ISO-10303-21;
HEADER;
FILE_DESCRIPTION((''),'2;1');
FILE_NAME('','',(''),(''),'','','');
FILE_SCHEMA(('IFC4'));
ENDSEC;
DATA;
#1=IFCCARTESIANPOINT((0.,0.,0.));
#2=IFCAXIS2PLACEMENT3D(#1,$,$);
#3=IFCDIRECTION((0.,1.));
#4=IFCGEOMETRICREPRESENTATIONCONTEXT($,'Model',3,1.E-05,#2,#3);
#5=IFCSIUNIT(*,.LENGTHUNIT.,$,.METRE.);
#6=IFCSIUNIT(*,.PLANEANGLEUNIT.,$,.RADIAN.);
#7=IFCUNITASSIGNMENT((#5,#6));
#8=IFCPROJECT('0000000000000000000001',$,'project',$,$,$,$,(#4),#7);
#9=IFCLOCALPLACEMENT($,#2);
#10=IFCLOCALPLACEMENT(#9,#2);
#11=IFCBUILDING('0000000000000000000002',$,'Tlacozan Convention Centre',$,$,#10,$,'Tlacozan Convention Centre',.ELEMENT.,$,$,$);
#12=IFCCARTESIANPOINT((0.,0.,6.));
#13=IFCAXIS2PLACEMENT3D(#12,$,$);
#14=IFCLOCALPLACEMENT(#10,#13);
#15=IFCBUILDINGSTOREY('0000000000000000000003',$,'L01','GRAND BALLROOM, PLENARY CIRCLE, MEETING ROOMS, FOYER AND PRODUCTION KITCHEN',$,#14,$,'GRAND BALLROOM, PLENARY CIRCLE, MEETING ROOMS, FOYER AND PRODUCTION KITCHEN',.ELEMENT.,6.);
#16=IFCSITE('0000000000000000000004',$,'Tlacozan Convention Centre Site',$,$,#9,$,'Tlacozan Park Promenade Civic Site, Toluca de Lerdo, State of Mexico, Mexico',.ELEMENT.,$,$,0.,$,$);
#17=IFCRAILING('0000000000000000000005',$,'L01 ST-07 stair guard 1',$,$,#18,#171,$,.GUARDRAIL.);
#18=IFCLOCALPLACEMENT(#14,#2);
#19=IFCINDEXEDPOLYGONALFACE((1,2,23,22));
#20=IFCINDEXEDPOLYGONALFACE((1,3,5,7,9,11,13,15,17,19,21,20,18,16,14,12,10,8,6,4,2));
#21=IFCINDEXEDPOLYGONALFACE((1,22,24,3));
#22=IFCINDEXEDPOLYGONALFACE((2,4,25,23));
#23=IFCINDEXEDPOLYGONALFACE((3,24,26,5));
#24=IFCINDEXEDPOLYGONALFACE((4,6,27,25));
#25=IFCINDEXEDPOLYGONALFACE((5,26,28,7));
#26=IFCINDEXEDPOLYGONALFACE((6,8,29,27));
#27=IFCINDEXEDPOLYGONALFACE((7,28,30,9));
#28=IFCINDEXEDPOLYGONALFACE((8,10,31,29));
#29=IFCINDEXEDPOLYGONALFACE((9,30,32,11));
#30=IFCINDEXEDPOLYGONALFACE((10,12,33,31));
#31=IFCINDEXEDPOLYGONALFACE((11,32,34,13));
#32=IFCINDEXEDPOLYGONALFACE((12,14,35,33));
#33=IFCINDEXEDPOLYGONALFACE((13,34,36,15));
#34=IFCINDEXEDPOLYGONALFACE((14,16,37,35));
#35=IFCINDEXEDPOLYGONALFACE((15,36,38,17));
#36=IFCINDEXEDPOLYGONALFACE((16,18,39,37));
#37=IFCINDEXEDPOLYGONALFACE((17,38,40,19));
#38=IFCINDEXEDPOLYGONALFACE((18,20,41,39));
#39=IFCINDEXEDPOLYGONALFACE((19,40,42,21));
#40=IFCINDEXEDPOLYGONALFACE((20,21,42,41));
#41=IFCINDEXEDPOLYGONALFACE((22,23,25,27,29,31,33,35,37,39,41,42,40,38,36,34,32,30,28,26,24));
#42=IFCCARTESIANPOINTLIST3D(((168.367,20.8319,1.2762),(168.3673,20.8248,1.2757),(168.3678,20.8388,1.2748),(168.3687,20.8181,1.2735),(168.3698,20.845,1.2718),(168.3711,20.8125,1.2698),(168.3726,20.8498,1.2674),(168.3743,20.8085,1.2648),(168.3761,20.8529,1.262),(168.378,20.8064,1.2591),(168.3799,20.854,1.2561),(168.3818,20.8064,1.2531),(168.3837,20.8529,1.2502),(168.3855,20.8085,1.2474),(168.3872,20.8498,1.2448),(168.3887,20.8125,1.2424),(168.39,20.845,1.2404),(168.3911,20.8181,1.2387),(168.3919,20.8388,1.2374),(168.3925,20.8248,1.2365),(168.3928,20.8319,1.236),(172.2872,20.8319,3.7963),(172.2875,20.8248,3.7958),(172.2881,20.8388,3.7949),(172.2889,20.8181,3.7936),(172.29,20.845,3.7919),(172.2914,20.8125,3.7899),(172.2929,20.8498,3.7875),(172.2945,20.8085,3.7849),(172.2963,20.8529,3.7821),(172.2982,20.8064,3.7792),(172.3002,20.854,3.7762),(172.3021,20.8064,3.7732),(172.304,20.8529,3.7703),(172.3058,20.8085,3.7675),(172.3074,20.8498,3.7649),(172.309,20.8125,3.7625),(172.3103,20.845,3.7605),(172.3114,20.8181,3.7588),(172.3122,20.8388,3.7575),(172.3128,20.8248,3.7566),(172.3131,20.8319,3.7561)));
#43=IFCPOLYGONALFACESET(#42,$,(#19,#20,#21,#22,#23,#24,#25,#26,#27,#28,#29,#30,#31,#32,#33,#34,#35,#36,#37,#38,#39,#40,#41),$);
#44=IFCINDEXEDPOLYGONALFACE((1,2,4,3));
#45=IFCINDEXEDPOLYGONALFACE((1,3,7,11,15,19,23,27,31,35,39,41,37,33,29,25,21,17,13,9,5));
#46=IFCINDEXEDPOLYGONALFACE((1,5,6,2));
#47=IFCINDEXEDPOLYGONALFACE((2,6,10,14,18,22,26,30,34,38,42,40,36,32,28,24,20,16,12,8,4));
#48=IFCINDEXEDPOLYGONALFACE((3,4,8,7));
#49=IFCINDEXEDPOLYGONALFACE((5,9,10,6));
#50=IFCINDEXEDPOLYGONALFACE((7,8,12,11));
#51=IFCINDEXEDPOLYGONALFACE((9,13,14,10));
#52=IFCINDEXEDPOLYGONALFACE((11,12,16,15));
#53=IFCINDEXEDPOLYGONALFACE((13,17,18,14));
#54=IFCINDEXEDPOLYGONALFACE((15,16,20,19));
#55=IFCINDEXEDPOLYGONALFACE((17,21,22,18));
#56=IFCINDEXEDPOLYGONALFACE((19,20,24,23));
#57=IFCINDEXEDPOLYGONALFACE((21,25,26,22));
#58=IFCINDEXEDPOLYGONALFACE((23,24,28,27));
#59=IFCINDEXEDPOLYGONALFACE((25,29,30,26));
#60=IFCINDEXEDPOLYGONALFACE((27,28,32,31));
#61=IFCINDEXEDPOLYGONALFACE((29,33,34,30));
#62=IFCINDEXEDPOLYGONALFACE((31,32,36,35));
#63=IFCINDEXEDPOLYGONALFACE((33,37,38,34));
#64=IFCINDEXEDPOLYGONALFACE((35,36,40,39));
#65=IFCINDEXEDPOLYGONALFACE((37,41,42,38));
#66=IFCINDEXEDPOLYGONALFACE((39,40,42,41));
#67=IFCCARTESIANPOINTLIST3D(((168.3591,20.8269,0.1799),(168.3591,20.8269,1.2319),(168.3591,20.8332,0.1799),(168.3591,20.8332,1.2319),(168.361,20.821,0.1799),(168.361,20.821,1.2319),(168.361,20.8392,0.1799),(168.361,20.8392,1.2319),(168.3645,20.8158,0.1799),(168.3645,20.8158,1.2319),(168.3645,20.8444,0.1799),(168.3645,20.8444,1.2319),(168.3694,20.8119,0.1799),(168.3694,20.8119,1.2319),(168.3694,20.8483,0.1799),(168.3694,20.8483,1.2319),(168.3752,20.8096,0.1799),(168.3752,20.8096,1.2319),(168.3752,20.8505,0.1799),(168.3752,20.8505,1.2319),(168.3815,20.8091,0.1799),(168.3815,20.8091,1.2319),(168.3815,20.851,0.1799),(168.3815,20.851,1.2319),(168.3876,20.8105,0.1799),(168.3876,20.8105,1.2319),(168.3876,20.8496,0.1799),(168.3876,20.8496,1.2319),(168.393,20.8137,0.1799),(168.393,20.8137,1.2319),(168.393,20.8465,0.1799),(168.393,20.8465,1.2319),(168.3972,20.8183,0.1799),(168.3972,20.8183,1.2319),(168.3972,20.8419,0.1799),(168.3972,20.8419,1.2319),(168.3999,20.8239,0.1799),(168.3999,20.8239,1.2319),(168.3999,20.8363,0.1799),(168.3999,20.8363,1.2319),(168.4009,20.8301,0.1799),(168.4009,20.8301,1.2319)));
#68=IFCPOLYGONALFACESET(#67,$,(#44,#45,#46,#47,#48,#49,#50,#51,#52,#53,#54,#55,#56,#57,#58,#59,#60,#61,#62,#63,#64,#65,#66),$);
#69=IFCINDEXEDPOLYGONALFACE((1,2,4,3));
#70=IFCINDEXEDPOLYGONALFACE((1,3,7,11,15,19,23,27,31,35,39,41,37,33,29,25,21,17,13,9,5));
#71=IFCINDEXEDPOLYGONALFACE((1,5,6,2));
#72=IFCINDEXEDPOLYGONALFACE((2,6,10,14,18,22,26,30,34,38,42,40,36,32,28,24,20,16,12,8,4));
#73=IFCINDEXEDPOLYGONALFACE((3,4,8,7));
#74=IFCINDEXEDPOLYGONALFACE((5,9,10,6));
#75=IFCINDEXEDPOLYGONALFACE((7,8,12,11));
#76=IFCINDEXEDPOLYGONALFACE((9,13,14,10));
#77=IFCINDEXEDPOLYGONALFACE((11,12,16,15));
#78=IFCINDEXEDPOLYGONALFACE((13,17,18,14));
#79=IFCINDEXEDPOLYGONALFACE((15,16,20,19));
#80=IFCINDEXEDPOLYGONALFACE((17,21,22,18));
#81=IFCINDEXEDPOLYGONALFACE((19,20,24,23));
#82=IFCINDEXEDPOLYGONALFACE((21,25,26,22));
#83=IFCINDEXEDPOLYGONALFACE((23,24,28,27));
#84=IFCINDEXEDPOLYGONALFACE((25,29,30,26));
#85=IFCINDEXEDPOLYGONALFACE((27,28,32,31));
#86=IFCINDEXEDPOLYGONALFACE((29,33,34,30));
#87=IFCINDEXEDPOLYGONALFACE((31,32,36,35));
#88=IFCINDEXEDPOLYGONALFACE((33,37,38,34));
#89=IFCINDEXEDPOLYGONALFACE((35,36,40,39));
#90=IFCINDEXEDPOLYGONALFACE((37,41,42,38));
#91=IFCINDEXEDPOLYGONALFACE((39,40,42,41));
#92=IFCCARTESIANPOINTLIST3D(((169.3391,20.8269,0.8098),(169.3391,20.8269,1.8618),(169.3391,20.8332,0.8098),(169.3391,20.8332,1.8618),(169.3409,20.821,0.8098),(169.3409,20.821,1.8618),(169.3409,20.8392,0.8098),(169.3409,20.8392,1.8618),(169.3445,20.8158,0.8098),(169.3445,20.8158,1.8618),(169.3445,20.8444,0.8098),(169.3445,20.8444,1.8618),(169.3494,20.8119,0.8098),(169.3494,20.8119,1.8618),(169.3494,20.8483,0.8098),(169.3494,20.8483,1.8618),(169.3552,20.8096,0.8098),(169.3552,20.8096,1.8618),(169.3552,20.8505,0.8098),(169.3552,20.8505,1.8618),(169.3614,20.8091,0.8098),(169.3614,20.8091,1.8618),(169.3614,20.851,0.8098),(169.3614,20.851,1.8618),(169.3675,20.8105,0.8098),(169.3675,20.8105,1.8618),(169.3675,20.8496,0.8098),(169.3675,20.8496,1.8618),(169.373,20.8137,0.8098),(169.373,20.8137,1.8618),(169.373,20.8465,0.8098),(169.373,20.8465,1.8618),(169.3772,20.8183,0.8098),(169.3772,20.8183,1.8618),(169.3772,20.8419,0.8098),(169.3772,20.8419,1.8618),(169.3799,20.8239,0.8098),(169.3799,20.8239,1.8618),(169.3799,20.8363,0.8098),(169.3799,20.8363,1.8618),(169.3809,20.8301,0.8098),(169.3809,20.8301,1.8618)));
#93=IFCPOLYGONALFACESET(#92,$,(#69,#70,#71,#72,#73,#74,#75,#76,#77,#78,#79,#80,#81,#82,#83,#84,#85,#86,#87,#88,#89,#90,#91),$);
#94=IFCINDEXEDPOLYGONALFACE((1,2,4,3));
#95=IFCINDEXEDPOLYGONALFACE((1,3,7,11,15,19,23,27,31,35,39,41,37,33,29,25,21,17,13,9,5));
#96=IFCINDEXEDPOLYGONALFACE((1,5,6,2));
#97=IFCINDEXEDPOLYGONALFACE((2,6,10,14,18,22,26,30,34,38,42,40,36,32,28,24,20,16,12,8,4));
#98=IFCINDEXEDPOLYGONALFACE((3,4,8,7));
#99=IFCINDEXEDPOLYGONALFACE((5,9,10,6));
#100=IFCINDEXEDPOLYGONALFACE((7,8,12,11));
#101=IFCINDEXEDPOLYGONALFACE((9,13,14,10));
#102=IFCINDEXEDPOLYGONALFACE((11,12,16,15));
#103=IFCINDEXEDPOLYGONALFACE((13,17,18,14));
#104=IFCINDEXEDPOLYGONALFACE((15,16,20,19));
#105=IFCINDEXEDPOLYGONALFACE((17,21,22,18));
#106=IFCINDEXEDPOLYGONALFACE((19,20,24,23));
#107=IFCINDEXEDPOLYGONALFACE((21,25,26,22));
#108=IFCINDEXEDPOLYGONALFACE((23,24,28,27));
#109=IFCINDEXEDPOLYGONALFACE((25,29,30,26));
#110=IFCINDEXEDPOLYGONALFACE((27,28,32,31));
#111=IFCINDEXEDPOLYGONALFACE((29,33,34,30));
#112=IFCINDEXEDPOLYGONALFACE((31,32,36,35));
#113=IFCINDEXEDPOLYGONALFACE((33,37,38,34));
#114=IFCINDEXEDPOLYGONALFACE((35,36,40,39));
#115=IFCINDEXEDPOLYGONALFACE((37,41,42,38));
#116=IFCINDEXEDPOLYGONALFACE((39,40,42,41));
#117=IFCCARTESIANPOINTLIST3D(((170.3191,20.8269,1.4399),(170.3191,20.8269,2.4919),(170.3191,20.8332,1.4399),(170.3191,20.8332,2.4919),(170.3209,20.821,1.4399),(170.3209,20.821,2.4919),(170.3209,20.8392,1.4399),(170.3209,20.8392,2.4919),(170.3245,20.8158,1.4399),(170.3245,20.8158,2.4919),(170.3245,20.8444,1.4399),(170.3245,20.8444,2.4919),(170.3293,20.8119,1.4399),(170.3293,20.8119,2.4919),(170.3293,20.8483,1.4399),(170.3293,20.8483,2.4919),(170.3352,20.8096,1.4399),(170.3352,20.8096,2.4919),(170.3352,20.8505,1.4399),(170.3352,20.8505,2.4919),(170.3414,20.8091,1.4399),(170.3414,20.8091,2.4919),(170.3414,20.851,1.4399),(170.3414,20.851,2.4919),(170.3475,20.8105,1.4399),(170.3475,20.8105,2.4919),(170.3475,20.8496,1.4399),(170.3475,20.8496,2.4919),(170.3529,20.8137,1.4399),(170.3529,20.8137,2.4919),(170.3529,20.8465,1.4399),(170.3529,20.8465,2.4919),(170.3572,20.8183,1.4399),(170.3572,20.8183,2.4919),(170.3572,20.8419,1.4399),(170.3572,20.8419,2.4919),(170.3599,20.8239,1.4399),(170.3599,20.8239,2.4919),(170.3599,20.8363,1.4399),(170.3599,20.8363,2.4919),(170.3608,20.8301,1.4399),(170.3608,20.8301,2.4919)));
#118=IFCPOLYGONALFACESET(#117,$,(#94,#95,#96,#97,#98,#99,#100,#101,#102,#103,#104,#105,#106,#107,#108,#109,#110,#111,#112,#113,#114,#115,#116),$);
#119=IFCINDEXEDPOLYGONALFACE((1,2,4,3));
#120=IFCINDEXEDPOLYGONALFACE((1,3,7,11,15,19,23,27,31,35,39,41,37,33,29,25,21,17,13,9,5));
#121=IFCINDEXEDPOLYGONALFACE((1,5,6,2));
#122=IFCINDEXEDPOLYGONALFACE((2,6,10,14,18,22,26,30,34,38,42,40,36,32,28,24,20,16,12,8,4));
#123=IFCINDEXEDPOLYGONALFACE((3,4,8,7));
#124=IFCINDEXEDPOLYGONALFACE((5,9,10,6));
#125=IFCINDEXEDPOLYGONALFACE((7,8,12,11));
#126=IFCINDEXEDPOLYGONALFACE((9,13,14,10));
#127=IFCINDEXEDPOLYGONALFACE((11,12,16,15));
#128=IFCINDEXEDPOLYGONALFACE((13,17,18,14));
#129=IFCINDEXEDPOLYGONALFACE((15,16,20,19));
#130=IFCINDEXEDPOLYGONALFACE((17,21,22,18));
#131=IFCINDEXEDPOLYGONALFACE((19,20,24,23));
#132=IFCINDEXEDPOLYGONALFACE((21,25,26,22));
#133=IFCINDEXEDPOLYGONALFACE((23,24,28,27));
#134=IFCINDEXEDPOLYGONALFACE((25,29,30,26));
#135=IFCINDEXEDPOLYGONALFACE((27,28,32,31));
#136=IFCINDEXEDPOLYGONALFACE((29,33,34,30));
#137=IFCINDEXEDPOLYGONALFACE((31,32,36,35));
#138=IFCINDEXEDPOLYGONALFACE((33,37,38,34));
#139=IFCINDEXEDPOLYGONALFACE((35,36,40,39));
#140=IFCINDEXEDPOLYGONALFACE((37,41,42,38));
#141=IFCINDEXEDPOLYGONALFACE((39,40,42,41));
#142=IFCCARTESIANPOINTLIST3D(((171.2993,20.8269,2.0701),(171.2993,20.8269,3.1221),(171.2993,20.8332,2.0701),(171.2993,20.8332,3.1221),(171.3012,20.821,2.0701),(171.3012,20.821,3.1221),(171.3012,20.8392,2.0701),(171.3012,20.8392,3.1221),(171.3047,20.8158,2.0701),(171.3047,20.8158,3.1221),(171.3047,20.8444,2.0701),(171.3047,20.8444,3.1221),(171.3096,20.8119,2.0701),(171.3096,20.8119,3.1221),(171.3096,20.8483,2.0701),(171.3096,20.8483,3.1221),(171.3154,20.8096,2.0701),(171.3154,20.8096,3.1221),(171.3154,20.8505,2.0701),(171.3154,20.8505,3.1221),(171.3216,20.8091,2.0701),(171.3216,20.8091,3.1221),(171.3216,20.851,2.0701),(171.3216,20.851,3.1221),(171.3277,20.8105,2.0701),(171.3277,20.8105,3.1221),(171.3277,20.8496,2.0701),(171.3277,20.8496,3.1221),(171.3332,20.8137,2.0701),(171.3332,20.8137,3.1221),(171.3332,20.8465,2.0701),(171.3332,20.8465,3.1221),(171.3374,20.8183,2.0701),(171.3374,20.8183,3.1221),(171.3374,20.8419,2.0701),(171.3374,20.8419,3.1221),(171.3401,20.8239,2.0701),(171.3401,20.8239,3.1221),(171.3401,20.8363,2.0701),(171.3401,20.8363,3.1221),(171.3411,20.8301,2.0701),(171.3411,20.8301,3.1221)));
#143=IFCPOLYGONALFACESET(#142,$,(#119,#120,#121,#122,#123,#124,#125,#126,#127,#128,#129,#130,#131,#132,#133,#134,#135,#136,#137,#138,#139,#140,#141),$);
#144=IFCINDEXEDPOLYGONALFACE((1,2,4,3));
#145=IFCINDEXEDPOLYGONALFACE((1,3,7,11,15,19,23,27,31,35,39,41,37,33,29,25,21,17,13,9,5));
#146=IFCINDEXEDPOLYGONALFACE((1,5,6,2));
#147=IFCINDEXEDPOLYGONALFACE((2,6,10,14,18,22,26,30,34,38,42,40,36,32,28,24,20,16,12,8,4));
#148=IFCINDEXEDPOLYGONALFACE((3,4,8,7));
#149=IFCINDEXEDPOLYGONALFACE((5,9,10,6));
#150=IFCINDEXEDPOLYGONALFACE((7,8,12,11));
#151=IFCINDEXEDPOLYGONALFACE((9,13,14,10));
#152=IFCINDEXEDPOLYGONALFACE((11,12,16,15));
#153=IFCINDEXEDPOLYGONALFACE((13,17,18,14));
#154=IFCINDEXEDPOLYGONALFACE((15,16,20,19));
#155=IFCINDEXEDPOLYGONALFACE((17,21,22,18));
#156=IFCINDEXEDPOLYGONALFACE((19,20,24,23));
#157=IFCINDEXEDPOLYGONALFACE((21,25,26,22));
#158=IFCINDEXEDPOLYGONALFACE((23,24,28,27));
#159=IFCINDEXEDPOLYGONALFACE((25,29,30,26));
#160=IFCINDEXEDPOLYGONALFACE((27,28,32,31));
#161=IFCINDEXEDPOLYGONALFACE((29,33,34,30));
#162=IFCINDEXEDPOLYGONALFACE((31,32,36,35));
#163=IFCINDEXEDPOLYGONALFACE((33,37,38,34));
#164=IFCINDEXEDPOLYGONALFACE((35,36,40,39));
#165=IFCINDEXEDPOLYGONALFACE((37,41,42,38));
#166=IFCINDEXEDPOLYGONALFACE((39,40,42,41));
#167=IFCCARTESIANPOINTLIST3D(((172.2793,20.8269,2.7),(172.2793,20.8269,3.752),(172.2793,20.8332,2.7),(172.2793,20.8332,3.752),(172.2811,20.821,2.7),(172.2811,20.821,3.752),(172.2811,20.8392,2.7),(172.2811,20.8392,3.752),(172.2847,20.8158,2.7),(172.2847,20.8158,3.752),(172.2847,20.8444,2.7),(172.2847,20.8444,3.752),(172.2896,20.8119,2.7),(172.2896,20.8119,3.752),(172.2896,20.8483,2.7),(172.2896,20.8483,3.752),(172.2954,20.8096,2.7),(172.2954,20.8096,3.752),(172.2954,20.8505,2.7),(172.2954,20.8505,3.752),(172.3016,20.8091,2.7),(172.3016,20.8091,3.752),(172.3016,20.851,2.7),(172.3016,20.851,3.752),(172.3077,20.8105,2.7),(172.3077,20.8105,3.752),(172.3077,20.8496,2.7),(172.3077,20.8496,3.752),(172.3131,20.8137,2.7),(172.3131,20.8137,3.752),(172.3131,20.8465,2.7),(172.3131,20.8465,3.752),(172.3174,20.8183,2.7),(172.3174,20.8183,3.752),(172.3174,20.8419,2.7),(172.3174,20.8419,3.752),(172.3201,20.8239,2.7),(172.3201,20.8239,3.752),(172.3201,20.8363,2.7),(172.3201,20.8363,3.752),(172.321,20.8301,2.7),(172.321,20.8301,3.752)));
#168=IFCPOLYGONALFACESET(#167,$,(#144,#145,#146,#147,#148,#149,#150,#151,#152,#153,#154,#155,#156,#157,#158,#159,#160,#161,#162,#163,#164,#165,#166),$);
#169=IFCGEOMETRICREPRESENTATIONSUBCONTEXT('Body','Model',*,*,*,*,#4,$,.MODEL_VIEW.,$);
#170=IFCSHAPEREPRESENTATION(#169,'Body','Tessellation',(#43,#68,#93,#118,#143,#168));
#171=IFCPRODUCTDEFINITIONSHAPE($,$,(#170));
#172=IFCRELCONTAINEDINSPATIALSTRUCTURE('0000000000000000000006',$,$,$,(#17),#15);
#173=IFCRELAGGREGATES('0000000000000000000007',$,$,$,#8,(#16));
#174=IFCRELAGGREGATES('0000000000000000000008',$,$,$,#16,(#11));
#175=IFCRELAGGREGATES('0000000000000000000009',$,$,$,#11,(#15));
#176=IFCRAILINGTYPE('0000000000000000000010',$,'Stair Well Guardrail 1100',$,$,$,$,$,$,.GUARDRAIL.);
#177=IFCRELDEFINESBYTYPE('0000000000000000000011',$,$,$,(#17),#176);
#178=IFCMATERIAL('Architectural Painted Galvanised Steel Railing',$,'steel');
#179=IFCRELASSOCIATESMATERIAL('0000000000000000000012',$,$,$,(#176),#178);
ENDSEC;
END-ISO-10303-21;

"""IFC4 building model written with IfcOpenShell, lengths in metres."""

from ifc_helpers import new_model, si_unit, direction, frame, origin, origin_2d, place, context, subcontext, project, spatial, circle, extrude, material, type_object, element, save


model = new_model("IFC4")

# Units and contexts
model_context = context("Model", 3, precision=1e-05, world=origin(), true_north=direction((0.0, 1.0)))
body_context = subcontext(model_context, "Body", "Model", "MODEL_VIEW")
ifc_project = project(units=[si_unit("LENGTHUNIT", "METRE"), si_unit("PLANEANGLEUNIT", "RADIAN")], contexts=[model_context])

# Site, building, storey
site_placement = place(None, origin())
site = spatial("IfcSite", under=ifc_project, at=site_placement, Name="Tlacozan Convention Centre Site", LongName="Tlacozan Park Promenade Civic Site, Toluca de Lerdo, State of Mexico, Mexico", CompositionType="ELEMENT", RefElevation=0.0)
building_placement = place(site_placement, origin())
building = spatial("IfcBuilding", under=site, at=building_placement, Name="Tlacozan Convention Centre", LongName="Tlacozan Convention Centre", CompositionType="ELEMENT")
storey_placement = place(building_placement, frame((0.0, 0.0, 6.0)))
storey = spatial("IfcBuildingStorey", under=building, at=storey_placement, Name="L01", Description="GRAND BALLROOM, PLENARY CIRCLE, MEETING ROOMS, FOYER AND PRODUCTION KITCHEN", LongName="GRAND BALLROOM, PLENARY CIRCLE, MEETING ROOMS, FOYER AND PRODUCTION KITCHEN", CompositionType="ELEMENT", Elevation=6.0)

# Railing
ifc_material_1 = material(Name="Architectural Painted Galvanised Steel Railing", Category="steel")
railing_type_1 = type_object("IfcRailingType", Name="Stair Well Guardrail 1100", PredefinedType="GUARDRAIL", material=ifc_material_1)
railing_1_placement = place(storey_placement, frame((168.3799, 20.8301, 0.1799)))
element("IfcRailing", 1, at=railing_1_placement, inside=storey, type_object=railing_type_1, Name="L01 ST-07 stair guard 1", PredefinedType="GUARDRAIL", context=body_context, shape_type="SweptSolid", body=[
    extrude(circle(Radius=0.0239, at=origin_2d()), frame((0.0, 0.0, 1.0762), z_axis=(0.841187, 0.0, 0.540744), x_axis=(0.0, 1.0, 0.0)), (0.0, 0.0, 1.0), 4.6604),
    extrude(circle(Radius=0.021, at=origin_2d()), origin(), (0.0, 0.0, 1.0), 1.052),
    extrude(circle(Radius=0.021, at=origin_2d()), frame((0.98, 0.0, 0.6299)), (0.0, 0.0, 1.0), 1.052),
    extrude(circle(Radius=0.021, at=origin_2d()), frame((1.96, 0.0, 1.26)), (0.0, 0.0, 1.0), 1.052),
    extrude(circle(Radius=0.021, at=origin_2d()), frame((2.9402, 0.0, 1.8901)), (0.0, 0.0, 1.0), 1.052),
    extrude(circle(Radius=0.021, at=origin_2d()), frame((3.9202, 0.0, 2.52)), (0.0, 0.0, 1.0), 1.052),
])

save(model, "model.ifc")
